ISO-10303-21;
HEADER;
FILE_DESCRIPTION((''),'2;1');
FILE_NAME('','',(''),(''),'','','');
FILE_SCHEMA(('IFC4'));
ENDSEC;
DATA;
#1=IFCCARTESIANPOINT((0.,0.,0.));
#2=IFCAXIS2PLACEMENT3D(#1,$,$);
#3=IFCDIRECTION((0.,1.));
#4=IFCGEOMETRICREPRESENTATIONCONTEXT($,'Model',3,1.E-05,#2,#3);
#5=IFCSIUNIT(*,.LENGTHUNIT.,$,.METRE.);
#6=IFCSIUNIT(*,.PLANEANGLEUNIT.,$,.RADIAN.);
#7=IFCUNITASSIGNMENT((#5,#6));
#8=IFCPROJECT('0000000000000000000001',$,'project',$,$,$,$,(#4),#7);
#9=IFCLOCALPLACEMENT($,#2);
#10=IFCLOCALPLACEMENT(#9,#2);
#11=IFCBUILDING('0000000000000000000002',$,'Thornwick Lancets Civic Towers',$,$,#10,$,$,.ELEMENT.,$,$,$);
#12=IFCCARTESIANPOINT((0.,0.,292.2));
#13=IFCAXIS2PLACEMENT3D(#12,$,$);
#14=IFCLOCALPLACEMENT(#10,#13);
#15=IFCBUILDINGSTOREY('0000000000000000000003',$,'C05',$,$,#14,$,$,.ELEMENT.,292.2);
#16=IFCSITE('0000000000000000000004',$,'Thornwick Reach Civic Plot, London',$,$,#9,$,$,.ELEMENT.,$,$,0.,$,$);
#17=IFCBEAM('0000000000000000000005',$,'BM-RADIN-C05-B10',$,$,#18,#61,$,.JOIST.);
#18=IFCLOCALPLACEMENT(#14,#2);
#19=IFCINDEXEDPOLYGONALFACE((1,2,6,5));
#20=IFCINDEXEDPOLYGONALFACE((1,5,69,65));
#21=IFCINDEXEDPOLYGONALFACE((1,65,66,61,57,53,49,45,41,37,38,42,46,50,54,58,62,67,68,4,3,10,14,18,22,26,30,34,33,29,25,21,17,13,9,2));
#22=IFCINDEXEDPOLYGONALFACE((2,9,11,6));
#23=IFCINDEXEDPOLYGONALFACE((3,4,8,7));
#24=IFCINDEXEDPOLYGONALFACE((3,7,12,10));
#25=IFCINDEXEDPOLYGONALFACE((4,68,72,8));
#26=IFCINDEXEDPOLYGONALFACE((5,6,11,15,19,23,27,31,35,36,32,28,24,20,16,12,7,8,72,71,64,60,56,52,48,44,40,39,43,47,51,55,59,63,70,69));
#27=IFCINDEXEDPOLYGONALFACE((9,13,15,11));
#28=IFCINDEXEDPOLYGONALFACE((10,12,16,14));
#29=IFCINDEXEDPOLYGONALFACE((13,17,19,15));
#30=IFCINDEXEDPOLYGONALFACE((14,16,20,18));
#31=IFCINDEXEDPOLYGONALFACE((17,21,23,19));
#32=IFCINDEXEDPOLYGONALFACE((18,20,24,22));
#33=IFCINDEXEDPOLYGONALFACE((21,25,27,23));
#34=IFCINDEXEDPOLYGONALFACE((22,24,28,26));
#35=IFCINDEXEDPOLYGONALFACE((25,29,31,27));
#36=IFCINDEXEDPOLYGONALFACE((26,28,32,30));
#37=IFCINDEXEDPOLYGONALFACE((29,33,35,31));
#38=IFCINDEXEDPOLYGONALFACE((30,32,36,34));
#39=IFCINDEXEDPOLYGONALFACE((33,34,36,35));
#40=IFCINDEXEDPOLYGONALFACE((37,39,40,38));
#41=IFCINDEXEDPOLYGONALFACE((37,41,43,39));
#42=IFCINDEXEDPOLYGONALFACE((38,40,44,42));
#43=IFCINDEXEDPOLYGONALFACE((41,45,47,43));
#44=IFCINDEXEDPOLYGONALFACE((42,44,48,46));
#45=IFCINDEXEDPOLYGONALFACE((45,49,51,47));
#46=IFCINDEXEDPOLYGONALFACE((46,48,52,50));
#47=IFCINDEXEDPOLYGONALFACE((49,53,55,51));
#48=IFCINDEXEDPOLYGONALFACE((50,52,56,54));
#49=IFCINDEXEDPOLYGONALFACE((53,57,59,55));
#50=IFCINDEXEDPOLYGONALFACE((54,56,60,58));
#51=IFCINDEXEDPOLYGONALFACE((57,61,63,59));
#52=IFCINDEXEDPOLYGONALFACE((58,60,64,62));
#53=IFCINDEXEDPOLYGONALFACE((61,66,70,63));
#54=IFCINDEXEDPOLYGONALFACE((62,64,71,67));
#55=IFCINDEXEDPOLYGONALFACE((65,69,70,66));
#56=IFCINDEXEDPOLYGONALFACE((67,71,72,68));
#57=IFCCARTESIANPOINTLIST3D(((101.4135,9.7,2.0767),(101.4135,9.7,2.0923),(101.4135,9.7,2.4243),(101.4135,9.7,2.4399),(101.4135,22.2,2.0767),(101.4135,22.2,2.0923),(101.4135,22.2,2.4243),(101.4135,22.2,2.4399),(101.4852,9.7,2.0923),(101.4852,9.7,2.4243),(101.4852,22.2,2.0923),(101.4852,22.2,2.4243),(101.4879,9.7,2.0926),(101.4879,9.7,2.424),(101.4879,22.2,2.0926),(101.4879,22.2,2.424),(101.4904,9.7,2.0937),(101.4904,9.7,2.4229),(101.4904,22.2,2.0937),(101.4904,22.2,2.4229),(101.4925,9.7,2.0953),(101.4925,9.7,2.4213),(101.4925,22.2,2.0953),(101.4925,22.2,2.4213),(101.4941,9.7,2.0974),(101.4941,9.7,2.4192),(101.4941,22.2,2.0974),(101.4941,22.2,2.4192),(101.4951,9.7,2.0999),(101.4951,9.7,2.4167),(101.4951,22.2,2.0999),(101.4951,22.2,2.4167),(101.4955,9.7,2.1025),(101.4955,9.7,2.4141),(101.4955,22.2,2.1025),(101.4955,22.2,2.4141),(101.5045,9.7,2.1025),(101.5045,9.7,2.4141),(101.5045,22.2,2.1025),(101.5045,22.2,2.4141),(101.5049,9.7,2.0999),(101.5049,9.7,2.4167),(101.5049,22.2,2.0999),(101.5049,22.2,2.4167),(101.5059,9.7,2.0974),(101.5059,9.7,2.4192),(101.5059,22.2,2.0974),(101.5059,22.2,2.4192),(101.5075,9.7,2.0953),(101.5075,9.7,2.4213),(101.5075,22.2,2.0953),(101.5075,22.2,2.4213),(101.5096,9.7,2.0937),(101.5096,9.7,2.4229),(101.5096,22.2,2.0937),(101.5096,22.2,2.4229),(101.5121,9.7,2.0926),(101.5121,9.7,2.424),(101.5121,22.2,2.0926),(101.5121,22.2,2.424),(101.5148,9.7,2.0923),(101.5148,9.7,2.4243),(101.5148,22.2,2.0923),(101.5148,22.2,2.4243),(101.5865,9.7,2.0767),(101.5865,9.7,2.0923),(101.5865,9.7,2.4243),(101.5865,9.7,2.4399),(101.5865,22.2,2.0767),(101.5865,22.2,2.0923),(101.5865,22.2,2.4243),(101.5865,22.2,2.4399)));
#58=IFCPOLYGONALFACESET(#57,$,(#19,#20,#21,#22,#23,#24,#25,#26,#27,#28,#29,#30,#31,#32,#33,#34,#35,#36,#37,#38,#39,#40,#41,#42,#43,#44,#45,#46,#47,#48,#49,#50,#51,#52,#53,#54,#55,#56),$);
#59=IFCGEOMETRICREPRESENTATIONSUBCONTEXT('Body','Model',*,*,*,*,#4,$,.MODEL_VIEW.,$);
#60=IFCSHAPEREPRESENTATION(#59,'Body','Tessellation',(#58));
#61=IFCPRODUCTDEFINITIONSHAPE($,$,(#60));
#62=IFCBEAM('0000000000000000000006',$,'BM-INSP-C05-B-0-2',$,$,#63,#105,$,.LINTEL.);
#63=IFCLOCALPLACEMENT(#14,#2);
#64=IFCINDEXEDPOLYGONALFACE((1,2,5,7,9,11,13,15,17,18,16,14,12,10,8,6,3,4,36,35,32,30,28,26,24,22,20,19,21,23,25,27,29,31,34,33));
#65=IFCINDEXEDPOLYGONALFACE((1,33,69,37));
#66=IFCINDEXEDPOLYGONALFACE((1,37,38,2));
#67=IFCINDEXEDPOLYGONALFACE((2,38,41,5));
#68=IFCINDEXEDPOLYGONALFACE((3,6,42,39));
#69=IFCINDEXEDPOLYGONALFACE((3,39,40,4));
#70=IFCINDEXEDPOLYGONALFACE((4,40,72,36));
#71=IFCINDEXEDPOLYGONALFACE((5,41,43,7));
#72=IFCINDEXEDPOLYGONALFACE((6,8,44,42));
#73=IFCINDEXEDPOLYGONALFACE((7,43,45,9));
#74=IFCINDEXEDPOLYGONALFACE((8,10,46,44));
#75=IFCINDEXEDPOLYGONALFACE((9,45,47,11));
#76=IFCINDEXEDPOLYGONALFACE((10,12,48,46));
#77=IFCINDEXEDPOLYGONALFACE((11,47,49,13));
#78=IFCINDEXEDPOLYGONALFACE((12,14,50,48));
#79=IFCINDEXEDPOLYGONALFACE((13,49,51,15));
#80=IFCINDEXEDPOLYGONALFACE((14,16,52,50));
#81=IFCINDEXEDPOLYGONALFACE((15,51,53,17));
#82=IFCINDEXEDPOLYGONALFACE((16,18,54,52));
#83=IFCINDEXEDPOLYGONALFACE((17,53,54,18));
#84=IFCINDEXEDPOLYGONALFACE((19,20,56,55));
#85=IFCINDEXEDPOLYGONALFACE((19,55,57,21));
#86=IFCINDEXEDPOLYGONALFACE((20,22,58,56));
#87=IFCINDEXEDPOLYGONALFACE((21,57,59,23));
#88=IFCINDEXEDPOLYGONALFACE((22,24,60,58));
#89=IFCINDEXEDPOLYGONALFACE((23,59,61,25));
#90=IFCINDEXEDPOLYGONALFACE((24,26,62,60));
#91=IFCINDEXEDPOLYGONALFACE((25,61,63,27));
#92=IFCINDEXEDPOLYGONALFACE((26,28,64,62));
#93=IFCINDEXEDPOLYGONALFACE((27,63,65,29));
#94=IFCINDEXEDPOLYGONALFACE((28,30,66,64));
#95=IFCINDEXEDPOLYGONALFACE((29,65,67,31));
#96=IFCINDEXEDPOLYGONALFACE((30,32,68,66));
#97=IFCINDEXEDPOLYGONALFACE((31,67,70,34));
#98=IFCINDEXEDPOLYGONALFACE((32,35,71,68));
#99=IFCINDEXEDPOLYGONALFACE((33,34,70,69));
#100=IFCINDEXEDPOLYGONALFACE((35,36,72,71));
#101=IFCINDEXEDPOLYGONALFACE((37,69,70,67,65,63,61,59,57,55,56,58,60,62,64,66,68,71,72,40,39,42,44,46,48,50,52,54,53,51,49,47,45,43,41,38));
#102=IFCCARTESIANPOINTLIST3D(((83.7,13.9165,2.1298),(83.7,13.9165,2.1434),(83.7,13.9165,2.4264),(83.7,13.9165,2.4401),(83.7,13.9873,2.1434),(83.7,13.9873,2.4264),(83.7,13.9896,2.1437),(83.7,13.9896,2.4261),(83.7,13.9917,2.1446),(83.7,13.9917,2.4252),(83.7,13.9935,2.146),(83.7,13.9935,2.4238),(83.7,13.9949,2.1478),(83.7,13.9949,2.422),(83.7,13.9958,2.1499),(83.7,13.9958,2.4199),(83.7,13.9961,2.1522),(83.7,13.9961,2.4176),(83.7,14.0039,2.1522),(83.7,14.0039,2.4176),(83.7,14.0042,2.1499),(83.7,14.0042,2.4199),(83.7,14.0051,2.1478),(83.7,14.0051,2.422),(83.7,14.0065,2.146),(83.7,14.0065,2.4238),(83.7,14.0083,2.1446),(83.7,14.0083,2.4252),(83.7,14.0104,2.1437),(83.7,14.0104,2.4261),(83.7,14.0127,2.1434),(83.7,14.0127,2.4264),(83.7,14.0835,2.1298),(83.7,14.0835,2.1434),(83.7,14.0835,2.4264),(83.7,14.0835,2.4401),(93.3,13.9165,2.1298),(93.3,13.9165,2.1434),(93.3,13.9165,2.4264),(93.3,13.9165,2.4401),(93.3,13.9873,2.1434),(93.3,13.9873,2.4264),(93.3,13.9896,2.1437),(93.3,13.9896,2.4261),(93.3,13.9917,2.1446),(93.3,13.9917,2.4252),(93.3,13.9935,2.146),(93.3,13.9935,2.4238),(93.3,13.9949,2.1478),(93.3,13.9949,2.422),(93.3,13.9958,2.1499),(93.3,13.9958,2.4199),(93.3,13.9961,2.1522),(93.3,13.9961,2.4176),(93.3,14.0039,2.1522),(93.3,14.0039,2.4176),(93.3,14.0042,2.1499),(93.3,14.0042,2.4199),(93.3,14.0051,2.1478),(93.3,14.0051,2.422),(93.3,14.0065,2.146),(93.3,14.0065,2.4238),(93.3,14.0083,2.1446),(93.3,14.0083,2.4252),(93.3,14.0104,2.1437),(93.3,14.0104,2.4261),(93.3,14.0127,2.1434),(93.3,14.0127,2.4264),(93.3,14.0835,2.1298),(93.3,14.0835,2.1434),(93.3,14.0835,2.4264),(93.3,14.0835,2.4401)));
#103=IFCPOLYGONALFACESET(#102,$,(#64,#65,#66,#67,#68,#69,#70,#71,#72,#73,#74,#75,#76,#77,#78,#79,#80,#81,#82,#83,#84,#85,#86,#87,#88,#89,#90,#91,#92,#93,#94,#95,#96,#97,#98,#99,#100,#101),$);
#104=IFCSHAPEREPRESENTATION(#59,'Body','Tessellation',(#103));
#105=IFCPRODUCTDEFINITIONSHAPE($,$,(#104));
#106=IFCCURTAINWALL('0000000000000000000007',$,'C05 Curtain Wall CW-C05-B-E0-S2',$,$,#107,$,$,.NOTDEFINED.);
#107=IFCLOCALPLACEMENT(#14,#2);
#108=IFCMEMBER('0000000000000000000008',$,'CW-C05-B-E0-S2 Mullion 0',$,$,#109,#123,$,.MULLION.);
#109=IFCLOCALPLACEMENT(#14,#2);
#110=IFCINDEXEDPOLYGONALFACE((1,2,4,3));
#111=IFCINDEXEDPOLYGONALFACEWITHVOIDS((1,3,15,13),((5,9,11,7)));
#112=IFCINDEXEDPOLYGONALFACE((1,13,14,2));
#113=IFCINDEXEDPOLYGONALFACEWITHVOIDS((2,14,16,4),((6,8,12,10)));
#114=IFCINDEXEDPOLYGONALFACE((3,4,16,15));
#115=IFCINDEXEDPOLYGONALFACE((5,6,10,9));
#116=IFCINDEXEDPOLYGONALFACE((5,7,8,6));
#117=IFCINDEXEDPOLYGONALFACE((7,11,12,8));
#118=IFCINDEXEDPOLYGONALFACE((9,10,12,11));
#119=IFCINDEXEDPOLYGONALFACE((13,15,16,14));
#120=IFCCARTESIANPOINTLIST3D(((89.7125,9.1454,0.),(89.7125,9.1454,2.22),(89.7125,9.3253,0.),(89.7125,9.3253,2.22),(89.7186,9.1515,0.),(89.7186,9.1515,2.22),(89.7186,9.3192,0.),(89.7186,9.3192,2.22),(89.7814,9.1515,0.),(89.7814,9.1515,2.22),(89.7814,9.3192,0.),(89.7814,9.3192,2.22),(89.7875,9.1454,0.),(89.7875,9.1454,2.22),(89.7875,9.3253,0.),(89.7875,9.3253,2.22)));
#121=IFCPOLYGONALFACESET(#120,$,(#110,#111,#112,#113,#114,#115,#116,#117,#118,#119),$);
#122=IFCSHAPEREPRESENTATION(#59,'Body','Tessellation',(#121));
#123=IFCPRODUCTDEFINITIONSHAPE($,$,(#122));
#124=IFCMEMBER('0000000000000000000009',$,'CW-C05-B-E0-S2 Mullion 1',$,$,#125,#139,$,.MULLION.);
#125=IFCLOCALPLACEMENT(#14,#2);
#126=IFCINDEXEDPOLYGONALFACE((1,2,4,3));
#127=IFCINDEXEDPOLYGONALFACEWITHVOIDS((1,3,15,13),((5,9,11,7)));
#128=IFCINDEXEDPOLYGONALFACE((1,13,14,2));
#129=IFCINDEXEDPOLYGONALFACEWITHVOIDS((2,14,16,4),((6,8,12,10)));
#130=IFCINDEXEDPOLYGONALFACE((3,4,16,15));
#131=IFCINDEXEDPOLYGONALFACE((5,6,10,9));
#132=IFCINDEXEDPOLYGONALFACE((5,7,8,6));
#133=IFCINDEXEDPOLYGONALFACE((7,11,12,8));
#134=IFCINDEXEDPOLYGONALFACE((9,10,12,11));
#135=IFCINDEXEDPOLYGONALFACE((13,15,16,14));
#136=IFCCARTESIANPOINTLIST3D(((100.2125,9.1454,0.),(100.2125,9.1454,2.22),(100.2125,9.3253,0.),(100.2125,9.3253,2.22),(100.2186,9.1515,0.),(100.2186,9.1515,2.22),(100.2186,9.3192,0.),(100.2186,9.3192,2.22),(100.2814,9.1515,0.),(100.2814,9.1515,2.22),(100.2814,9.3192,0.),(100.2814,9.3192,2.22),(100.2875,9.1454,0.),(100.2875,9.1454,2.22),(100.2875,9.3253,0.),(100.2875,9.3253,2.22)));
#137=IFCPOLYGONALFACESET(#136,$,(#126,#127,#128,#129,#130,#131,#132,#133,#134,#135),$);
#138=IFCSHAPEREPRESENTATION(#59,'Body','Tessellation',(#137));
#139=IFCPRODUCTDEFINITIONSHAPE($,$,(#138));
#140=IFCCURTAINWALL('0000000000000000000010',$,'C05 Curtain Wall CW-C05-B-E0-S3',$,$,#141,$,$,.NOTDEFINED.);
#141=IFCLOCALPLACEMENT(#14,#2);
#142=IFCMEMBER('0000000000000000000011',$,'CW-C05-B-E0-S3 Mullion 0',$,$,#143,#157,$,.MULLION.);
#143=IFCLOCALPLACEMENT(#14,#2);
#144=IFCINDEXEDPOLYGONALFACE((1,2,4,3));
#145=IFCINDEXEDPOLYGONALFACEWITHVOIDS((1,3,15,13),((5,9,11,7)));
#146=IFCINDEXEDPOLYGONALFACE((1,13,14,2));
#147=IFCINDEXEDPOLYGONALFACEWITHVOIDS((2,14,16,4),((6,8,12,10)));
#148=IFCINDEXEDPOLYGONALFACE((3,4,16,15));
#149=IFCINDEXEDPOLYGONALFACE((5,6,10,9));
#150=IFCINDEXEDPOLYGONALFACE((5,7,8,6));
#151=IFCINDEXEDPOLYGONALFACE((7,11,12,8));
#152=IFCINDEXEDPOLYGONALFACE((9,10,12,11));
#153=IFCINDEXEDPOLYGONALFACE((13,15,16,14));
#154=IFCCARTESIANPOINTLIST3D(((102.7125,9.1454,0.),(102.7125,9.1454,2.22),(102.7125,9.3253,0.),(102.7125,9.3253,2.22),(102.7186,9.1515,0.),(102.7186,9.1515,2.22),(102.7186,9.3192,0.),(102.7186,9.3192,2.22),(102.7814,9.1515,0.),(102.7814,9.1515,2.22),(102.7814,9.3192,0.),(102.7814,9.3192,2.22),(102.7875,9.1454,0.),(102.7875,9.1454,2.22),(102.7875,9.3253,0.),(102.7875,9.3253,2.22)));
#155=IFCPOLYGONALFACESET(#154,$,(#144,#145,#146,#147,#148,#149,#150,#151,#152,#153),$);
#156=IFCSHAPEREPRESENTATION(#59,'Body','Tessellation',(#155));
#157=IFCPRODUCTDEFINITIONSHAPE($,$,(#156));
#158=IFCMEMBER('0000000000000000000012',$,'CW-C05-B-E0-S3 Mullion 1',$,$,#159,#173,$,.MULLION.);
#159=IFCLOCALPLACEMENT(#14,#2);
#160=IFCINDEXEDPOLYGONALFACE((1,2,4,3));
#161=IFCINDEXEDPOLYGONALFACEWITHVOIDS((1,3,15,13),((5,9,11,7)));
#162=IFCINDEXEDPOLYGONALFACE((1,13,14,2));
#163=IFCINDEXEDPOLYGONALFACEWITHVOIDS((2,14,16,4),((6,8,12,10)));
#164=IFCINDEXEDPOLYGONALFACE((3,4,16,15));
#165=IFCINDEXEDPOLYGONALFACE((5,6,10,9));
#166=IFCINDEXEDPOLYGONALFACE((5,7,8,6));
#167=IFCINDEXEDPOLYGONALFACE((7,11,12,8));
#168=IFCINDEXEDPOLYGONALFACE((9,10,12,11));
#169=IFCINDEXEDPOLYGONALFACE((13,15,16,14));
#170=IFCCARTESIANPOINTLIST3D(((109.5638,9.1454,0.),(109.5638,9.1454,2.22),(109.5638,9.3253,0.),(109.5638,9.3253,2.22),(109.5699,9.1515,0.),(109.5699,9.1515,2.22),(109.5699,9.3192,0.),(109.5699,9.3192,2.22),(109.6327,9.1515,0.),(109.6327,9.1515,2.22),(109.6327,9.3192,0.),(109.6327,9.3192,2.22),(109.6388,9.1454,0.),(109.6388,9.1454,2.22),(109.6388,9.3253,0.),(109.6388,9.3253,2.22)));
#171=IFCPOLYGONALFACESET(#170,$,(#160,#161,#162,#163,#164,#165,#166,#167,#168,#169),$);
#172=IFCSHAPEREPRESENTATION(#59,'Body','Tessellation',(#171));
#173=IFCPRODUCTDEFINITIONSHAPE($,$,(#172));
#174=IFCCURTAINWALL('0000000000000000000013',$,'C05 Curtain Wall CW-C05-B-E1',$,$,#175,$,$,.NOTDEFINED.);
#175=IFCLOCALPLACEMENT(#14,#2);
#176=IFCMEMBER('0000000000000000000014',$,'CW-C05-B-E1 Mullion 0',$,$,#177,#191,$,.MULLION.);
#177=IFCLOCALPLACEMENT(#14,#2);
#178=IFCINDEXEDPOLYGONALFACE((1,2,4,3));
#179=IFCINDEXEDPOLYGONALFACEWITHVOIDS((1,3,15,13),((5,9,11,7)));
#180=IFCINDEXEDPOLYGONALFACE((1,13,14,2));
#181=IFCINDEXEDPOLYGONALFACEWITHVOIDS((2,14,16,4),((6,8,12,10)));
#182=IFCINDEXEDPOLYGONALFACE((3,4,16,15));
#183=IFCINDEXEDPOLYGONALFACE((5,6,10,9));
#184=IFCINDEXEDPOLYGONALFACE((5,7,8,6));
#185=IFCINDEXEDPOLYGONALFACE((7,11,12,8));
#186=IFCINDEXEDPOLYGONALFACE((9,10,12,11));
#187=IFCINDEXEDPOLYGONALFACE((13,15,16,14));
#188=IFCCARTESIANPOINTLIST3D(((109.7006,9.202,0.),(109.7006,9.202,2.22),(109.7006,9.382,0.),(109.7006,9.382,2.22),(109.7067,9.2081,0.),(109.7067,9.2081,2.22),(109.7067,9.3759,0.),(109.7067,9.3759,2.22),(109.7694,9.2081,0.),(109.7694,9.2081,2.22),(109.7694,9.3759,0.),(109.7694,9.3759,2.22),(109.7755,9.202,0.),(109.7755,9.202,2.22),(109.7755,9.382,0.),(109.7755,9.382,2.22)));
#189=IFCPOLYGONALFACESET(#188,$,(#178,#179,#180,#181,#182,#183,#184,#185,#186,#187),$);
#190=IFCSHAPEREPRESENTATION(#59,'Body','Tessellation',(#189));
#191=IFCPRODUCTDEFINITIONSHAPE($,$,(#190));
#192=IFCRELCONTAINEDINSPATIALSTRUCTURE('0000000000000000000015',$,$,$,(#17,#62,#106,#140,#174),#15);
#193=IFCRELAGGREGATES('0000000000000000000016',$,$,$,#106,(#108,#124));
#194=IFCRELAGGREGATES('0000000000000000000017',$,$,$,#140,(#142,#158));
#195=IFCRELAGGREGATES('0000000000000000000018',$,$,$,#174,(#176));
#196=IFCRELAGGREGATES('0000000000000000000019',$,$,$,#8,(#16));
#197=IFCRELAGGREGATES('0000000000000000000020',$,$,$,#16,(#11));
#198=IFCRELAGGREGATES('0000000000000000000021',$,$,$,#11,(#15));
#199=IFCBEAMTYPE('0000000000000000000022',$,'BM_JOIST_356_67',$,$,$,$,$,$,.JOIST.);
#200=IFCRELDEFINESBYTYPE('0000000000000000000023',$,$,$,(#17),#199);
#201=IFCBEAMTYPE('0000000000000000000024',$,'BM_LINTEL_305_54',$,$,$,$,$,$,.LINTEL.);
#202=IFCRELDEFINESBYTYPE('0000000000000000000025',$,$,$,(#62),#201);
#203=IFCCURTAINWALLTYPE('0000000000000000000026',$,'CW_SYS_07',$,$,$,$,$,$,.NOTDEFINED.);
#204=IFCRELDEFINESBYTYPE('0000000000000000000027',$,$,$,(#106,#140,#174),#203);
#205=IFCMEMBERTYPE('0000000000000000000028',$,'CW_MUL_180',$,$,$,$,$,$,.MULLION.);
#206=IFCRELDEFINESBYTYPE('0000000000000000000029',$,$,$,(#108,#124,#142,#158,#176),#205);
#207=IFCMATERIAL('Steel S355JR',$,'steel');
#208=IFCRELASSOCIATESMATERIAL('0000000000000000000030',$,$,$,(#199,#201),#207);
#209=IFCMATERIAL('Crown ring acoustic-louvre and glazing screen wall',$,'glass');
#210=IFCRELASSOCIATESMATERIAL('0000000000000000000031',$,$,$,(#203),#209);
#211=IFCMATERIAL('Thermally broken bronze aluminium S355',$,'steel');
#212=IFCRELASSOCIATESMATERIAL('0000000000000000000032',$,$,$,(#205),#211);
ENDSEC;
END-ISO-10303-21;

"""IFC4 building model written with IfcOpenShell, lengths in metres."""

from ifc_helpers import new_model, si_unit, direction, frame, origin, origin_2d, place, context, subcontext, project, spatial, hollow_rectangle, i_section, extrude, material, material_profile, profile_set, type_object, element, aggregate, save


model = new_model("IFC4")

# Units and contexts
model_context = context("Model", 3, precision=1e-05, world=origin(), true_north=direction((0.0, 1.0)))
body_context = subcontext(model_context, "Body", "Model", "MODEL_VIEW")
ifc_project = project(units=[si_unit("LENGTHUNIT", "METRE"), si_unit("PLANEANGLEUNIT", "RADIAN")], contexts=[model_context])

# Site, building, storey
site_placement = place(None, origin())
site = spatial("IfcSite", under=ifc_project, at=site_placement, Name="Thornwick Reach Civic Plot, London", CompositionType="ELEMENT", RefElevation=0.0)
building_placement = place(site_placement, origin())
building = spatial("IfcBuilding", under=site, at=building_placement, Name="Thornwick Lancets Civic Towers", CompositionType="ELEMENT")
storey_placement = place(building_placement, frame((0.0, 0.0, 292.2)))
storey = spatial("IfcBuildingStorey", under=building, at=storey_placement, Name="C05", CompositionType="ELEMENT", Elevation=292.2)

# Shared definitions
ifc_material_1 = material(Name="Steel S355JR", Category="steel")

# Beams
ifc_material_profile_1 = material_profile(ifc_material_1, i_section(OverallWidth=0.1731, OverallDepth=0.3633, WebThickness=0.009, FlangeThickness=0.0156, FilletRadius=0.0103, at=origin_2d()), Name="UKB 356x171x67")
ifc_profile_set_1 = profile_set([ifc_material_profile_1], Name="Steel S355JR")
beam_type_1 = type_object("IfcBeamType", Name="BM_JOIST_356_67", PredefinedType="JOIST", material=ifc_profile_set_1)
beam_1_placement = place(storey_placement, frame((101.5, 22.2, 2.2583), z_axis=(0.0, -1.0, 0.0), x_axis=(1.0, 0.0, 0.0)))
element("IfcBeam", 1, at=beam_1_placement, inside=storey, type_object=beam_type_1, Name="BM-RADIN-C05-B10", PredefinedType="JOIST", context=body_context, shape_type="SweptSolid", body=[
    extrude(i_section(OverallWidth=0.1731, OverallDepth=0.3633, WebThickness=0.009, FlangeThickness=0.0156, FilletRadius=0.0103, at=origin_2d()), origin(), (0.0, 0.0, 1.0), 12.5),
])
ifc_material_profile_2 = material_profile(ifc_material_1, i_section(OverallWidth=0.167, OverallDepth=0.3103, WebThickness=0.0078, FlangeThickness=0.0137, FilletRadius=0.0088, at=origin_2d()), Name="UKB 305x165x54")
ifc_profile_set_2 = profile_set([ifc_material_profile_2], Name="Steel S355JR")
beam_type_2 = type_object("IfcBeamType", Name="BM_LINTEL_305_54", PredefinedType="LINTEL", material=ifc_profile_set_2)
beam_2_placement = place(storey_placement, frame((93.3, 14.0, 2.2849), z_axis=(-1.0, 0.0, 0.0), x_axis=(0.0, -1.0, 0.0)))
element("IfcBeam", 2, at=beam_2_placement, inside=storey, type_object=beam_type_2, Name="BM-INSP-C05-B-0-2", PredefinedType="LINTEL", context=body_context, shape_type="SweptSolid", body=[
    extrude(i_section(OverallWidth=0.167, OverallDepth=0.3103, WebThickness=0.0078, FlangeThickness=0.0137, FilletRadius=0.0088, at=origin_2d()), origin(), (0.0, 0.0, 1.0), 9.6001),
])

# Curtain walls, members
ifc_material_2 = material(Name="Crown ring acoustic-louvre and glazing screen wall", Category="glass")
curtain_wall_type = type_object("IfcCurtainWallType", Name="CW_SYS_07", PredefinedType="NOTDEFINED", material=ifc_material_2)
curtain_wall_1_placement = place(storey_placement, origin())
curtain_wall_1 = element("IfcCurtainWall", 3, at=curtain_wall_1_placement, inside=storey, type_object=curtain_wall_type, Name="C05 Curtain Wall CW-C05-B-E0-S2", PredefinedType="NOTDEFINED")
ifc_material_3 = material(Name="Thermally broken bronze aluminium S355", Category="steel")
ifc_material_profile_3 = material_profile(ifc_material_3, hollow_rectangle(XDim=0.075, YDim=0.1799, WallThickness=0.0061, at=origin_2d()), Name="RHS 180x75x6")
ifc_profile_set_3 = profile_set([ifc_material_profile_3], Name="Thermally broken bronze aluminium S355")
member_type_1 = type_object("IfcMemberType", Name="CW_MUL_180", PredefinedType="MULLION", material=ifc_profile_set_3)
member_1_placement = place(storey_placement, frame((89.75, 9.2354, 0.0), z_axis=(0.0, 0.0, 1.0), x_axis=(1.0, 0.0, 0.0)))
member_1 = element("IfcMember", 4, at=member_1_placement, type_object=member_type_1, Name="CW-C05-B-E0-S2 Mullion 0", PredefinedType="MULLION", context=body_context, shape_type="SweptSolid", body=[
    extrude(hollow_rectangle(XDim=0.075, YDim=0.1799, WallThickness=0.0061, at=origin_2d()), origin(), (0.0, 0.0, 1.0), 2.22),
])
member_2_placement = place(storey_placement, frame((100.25, 9.2354, 0.0), z_axis=(0.0, 0.0, 1.0), x_axis=(1.0, 0.0, 0.0)))
member_2 = element("IfcMember", 5, at=member_2_placement, type_object=member_type_1, Name="CW-C05-B-E0-S2 Mullion 1", PredefinedType="MULLION", context=body_context, shape_type="SweptSolid", body=[
    extrude(hollow_rectangle(XDim=0.075, YDim=0.1799, WallThickness=0.0061, at=origin_2d()), origin(), (0.0, 0.0, 1.0), 2.22),
])
curtain_wall_2_placement = place(storey_placement, origin())
curtain_wall_2 = element("IfcCurtainWall", 6, at=curtain_wall_2_placement, inside=storey, type_object=curtain_wall_type, Name="C05 Curtain Wall CW-C05-B-E0-S3", PredefinedType="NOTDEFINED")
member_3_placement = place(storey_placement, frame((102.75, 9.2354, 0.0), z_axis=(0.0, 0.0, 1.0), x_axis=(1.0, 0.0, 0.0)))
member_3 = element("IfcMember", 7, at=member_3_placement, type_object=member_type_1, Name="CW-C05-B-E0-S3 Mullion 0", PredefinedType="MULLION", context=body_context, shape_type="SweptSolid", body=[
    extrude(hollow_rectangle(XDim=0.075, YDim=0.1799, WallThickness=0.0061, at=origin_2d()), origin(), (0.0, 0.0, 1.0), 2.22),
])
member_4_placement = place(storey_placement, frame((109.6013, 9.2354, 0.0), z_axis=(0.0, 0.0, 1.0), x_axis=(1.0, 0.0, 0.0)))
member_4 = element("IfcMember", 8, at=member_4_placement, type_object=member_type_1, Name="CW-C05-B-E0-S3 Mullion 1", PredefinedType="MULLION", context=body_context, shape_type="SweptSolid", body=[
    extrude(hollow_rectangle(XDim=0.075, YDim=0.1799, WallThickness=0.0061, at=origin_2d()), origin(), (0.0, 0.0, 1.0), 2.22),
])
curtain_wall_3_placement = place(storey_placement, origin())
curtain_wall_3 = element("IfcCurtainWall", 9, at=curtain_wall_3_placement, inside=storey, type_object=curtain_wall_type, Name="C05 Curtain Wall CW-C05-B-E1", PredefinedType="NOTDEFINED")
member_5_placement = place(storey_placement, frame((109.738, 9.292, 0.0), z_axis=(0.0, 0.0, 1.0), x_axis=(1.0, 0.0, 0.0)))
member_5 = element("IfcMember", 10, at=member_5_placement, type_object=member_type_1, Name="CW-C05-B-E1 Mullion 0", PredefinedType="MULLION", context=body_context, shape_type="SweptSolid", body=[
    extrude(hollow_rectangle(XDim=0.075, YDim=0.1799, WallThickness=0.0061, at=origin_2d()), origin(), (0.0, 0.0, 1.0), 2.22),
])

aggregate(curtain_wall_1, [member_1, member_2])
aggregate(curtain_wall_2, [member_3, member_4])
aggregate(curtain_wall_3, [member_5])

save(model, "model.ifc")
